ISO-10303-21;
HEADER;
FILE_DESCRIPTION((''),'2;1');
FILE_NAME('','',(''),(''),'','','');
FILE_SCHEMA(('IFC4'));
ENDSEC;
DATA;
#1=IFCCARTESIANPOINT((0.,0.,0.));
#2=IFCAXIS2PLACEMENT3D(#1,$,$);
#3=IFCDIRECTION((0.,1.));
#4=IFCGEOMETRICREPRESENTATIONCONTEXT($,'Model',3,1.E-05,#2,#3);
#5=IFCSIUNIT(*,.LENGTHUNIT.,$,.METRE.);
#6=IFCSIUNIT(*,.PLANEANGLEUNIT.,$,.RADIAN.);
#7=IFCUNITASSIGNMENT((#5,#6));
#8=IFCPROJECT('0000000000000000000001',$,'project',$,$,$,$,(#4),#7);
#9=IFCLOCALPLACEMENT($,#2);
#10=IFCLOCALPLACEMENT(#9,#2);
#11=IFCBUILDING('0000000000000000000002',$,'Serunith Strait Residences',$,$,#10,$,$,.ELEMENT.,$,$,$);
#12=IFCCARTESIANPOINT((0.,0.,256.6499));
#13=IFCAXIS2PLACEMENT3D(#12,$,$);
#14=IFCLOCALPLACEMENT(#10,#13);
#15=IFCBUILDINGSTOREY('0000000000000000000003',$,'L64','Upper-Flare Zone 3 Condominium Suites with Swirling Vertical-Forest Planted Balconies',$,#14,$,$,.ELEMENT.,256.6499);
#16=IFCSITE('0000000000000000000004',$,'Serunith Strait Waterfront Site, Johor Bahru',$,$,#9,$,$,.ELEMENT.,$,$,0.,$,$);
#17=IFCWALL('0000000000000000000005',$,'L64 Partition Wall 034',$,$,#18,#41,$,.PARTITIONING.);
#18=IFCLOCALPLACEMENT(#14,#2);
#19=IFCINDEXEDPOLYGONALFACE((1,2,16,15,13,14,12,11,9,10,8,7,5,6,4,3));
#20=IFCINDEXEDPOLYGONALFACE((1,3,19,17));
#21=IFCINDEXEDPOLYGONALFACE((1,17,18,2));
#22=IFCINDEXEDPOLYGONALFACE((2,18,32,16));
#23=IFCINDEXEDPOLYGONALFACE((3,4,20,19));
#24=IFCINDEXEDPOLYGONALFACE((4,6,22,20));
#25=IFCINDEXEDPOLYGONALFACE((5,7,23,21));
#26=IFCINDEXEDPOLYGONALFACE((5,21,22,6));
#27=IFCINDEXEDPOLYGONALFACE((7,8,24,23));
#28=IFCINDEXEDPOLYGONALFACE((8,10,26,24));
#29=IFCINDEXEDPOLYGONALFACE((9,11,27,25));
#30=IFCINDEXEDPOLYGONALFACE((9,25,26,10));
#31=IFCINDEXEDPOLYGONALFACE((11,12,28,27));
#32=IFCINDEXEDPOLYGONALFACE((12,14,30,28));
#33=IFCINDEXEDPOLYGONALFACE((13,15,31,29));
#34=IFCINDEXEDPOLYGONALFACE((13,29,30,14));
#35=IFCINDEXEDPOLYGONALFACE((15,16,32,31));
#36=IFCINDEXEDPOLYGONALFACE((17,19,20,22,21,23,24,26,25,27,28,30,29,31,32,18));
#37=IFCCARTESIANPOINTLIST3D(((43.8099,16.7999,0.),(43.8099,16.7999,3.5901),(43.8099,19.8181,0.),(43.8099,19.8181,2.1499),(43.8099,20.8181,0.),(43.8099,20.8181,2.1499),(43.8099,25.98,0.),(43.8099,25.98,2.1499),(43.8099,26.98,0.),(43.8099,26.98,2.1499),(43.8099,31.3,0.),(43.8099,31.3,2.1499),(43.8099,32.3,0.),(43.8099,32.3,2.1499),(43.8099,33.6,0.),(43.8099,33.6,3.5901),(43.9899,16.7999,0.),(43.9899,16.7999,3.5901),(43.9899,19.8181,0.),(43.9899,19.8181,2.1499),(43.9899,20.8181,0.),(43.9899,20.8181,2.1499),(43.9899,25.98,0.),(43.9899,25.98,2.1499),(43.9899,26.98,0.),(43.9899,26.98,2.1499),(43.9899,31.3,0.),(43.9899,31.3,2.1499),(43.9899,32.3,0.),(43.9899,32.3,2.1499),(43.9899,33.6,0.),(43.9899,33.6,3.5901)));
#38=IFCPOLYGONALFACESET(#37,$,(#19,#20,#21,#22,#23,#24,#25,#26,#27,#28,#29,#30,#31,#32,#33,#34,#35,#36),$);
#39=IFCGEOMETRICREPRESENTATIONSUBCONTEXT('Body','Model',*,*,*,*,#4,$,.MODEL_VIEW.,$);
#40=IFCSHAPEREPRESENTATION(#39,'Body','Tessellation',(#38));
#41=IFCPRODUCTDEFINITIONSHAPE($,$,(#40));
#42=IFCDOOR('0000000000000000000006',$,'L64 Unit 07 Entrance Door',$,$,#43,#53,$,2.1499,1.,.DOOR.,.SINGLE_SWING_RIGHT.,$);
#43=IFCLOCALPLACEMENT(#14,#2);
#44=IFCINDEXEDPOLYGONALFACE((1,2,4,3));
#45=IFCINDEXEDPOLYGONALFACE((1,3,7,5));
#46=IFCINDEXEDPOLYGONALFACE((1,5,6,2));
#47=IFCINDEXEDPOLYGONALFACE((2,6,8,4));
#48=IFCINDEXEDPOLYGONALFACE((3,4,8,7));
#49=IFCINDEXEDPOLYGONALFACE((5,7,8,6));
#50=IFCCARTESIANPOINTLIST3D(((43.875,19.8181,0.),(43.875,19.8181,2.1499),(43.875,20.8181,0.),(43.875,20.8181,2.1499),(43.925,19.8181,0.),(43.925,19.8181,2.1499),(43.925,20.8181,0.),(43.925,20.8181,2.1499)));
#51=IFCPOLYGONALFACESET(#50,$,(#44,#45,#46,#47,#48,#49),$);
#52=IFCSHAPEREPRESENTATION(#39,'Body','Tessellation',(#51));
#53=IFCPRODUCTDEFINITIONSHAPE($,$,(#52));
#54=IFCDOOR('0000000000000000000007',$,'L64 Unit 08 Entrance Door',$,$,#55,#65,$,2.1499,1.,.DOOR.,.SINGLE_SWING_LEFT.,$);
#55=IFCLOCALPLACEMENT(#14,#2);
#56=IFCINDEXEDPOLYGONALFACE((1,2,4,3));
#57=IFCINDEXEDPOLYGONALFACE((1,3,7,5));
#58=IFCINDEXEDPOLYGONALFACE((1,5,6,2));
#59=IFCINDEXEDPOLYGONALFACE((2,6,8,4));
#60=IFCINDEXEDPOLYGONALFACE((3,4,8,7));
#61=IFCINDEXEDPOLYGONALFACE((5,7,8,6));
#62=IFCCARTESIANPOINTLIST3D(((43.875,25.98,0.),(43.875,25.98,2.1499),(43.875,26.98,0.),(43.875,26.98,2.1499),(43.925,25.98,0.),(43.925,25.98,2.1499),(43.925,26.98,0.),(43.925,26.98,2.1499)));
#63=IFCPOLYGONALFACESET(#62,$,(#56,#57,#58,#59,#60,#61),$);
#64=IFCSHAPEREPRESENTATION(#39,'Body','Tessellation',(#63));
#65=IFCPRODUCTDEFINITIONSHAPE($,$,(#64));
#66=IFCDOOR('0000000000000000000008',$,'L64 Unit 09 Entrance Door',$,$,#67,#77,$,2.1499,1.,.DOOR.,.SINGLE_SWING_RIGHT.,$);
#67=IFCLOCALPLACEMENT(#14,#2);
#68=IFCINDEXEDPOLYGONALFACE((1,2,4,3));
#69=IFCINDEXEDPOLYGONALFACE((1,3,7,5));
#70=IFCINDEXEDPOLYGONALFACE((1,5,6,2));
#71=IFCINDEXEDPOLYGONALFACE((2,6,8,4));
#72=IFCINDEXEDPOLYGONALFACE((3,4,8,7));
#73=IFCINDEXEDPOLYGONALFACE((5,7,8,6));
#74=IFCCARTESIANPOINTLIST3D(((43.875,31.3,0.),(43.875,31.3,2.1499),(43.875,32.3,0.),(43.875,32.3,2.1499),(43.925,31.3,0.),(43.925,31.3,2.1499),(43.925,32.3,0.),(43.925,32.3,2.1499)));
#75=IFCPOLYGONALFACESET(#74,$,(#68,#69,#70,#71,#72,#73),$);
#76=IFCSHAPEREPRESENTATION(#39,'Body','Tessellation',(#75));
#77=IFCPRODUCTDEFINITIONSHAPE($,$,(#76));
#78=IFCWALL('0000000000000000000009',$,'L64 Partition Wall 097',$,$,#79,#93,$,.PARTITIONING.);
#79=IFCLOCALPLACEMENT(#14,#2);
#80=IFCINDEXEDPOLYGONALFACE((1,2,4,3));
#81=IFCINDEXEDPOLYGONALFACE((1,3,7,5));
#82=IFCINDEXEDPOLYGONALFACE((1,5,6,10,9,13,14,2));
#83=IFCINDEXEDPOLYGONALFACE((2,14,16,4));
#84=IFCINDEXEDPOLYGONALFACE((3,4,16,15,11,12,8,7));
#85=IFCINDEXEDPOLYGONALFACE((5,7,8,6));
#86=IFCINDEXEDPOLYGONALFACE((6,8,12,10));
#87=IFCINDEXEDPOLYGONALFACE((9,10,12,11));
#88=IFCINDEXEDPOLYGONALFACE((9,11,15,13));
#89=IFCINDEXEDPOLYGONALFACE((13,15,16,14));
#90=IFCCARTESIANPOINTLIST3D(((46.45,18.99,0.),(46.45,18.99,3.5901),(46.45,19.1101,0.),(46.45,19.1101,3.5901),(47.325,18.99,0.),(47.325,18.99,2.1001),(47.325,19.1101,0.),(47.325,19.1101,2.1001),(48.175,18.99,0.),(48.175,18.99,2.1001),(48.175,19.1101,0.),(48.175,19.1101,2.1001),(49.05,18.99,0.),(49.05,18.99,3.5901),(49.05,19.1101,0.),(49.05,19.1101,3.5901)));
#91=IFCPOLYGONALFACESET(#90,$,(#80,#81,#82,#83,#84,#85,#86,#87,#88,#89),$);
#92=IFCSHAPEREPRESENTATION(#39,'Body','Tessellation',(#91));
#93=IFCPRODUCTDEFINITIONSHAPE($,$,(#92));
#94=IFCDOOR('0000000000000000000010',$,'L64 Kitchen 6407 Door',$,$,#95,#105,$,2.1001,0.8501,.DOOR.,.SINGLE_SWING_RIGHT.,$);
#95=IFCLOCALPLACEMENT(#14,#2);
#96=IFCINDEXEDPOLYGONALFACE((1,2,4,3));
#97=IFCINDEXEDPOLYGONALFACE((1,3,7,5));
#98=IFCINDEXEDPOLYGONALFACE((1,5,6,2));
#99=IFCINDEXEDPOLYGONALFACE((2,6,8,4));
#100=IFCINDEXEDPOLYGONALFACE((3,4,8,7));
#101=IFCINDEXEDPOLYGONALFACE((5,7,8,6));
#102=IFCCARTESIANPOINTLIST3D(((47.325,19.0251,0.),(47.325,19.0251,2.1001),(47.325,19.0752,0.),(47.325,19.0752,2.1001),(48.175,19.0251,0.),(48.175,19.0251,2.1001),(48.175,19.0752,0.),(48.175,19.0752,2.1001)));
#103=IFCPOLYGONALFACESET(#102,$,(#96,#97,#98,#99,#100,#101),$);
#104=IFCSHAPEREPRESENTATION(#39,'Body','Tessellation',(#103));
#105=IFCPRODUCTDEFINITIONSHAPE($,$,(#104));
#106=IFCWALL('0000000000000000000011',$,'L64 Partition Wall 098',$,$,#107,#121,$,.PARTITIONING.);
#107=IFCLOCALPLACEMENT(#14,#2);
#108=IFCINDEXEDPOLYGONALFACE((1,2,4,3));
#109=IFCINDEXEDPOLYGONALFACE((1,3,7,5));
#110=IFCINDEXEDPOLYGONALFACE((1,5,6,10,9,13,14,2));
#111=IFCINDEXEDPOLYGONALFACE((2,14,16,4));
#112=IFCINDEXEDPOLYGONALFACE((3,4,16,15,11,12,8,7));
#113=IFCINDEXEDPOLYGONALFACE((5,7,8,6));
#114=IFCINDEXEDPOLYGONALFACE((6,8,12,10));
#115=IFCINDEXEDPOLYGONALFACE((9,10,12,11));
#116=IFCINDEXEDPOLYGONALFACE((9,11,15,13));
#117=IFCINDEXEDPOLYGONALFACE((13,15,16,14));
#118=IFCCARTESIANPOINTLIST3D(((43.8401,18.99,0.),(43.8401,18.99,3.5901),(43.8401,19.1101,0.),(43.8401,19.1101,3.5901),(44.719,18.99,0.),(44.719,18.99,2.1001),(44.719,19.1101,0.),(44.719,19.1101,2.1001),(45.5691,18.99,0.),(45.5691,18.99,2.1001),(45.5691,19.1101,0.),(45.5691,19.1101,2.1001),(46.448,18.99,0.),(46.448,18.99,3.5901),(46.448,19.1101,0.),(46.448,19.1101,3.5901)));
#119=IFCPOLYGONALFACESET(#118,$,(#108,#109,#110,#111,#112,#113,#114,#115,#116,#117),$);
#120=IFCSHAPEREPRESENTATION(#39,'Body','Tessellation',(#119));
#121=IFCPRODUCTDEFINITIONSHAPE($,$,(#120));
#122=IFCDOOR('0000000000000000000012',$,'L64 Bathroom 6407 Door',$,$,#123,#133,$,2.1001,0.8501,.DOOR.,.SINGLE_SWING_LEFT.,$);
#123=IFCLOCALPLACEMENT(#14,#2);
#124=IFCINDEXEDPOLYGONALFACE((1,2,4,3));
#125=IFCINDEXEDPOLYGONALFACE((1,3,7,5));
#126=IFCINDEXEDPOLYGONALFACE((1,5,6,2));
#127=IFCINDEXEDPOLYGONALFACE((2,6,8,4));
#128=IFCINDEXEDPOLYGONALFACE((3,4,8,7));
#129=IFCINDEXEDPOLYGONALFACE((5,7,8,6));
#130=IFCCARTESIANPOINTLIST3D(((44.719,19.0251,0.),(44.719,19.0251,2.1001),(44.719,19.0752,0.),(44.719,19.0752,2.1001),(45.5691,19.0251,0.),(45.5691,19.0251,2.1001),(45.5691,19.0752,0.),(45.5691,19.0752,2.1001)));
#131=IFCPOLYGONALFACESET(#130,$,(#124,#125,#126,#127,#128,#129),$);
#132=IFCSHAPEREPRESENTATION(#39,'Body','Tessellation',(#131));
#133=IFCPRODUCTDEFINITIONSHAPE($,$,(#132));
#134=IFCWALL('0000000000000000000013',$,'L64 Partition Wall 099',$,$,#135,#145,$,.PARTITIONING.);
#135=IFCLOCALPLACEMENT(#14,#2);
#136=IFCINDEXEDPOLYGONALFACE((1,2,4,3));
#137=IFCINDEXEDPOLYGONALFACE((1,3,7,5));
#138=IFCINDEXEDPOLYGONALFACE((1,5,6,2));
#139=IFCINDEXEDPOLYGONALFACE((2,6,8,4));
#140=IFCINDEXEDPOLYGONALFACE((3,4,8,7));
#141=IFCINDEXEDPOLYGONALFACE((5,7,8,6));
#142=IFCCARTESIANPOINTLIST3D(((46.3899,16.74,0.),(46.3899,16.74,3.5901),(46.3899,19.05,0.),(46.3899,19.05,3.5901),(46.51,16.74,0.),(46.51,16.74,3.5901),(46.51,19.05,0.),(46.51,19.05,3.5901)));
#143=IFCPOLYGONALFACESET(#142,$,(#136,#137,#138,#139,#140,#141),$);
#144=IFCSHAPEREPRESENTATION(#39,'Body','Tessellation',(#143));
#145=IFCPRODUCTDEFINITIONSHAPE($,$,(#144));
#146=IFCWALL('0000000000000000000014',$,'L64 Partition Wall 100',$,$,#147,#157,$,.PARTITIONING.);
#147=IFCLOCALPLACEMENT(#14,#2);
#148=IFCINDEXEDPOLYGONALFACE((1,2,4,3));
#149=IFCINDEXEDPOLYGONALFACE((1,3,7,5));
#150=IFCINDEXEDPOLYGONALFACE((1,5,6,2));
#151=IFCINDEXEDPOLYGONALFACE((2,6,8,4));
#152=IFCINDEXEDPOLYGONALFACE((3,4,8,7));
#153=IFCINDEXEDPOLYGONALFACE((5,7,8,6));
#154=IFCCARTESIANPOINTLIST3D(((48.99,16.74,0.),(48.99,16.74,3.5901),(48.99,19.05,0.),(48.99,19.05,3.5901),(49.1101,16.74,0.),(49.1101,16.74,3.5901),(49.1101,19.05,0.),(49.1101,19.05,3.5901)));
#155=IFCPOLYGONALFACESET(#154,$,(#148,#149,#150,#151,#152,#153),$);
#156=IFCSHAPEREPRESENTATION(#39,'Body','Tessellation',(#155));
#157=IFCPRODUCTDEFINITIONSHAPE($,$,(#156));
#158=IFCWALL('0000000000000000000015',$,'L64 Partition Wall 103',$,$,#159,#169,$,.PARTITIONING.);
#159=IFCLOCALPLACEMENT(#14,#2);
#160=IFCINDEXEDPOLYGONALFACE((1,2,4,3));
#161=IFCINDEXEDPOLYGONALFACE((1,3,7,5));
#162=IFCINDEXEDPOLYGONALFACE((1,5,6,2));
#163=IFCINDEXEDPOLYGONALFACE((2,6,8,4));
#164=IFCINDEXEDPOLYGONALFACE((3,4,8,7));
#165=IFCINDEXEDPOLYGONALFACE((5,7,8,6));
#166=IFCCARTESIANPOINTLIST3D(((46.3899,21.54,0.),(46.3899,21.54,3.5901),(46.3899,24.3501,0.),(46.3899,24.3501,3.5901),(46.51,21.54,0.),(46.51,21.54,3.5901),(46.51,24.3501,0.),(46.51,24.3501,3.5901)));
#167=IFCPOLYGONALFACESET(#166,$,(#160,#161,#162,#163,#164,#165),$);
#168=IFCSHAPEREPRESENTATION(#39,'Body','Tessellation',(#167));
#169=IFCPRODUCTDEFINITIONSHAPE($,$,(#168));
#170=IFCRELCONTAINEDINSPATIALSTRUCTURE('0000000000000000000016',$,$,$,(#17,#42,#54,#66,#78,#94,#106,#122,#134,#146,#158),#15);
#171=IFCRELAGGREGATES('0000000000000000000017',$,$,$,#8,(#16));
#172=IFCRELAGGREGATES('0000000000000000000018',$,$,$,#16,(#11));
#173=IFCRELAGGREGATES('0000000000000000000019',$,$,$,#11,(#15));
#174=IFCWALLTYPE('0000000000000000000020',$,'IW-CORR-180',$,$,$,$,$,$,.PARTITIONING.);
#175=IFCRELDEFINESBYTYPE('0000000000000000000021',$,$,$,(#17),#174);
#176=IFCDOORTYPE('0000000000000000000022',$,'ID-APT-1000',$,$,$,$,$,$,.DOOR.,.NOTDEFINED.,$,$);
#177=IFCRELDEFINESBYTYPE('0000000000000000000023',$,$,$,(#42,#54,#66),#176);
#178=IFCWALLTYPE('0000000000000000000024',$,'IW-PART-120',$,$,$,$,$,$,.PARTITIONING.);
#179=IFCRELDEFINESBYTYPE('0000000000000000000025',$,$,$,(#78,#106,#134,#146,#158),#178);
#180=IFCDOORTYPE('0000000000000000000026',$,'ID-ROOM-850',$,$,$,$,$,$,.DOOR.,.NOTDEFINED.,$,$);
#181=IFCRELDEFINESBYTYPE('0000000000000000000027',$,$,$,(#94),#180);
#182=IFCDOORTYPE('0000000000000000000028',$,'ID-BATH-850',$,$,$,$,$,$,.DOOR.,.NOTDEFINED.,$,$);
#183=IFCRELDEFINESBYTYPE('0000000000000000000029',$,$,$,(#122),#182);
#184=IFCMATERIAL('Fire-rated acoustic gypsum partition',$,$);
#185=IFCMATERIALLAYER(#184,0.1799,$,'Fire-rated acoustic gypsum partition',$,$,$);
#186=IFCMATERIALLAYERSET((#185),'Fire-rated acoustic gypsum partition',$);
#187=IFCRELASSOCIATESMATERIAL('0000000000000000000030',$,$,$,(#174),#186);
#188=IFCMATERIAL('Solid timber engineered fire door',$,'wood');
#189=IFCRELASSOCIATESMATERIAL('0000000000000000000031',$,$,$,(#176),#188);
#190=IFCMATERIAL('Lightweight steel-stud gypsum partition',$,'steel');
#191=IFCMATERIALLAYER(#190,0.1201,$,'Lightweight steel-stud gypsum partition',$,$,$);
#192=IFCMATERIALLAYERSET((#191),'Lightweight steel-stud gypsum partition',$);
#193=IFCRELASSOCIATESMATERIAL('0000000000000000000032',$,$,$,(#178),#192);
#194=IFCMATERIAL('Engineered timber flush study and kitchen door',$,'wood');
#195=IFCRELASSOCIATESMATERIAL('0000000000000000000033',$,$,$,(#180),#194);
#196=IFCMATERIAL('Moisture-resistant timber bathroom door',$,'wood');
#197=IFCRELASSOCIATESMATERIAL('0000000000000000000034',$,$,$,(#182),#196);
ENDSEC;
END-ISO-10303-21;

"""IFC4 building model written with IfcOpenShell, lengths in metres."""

from ifc_helpers import new_model, si_unit, direction, frame, frame_2d, origin, place, context, subcontext, project, spatial, rectangle, extrude, source, transform, mapped, material, layer, layer_set, type_object, element, fill, save


model = new_model("IFC4")

# Units and contexts
model_context = context("Model", 3, precision=1e-05, world=origin(), true_north=direction((0.0, 1.0)))
body_context = subcontext(model_context, "Body", "Model", "MODEL_VIEW")
ifc_project = project(units=[si_unit("LENGTHUNIT", "METRE"), si_unit("PLANEANGLEUNIT", "RADIAN")], contexts=[model_context])

# Site, building, storey
site_placement = place(None, origin())
site = spatial("IfcSite", under=ifc_project, at=site_placement, Name="Serunith Strait Waterfront Site, Johor Bahru", CompositionType="ELEMENT", RefElevation=0.0)
building_placement = place(site_placement, origin())
building = spatial("IfcBuilding", under=site, at=building_placement, Name="Serunith Strait Residences", CompositionType="ELEMENT")
storey_placement = place(building_placement, frame((0.0, 0.0, 256.6499)))
storey = spatial("IfcBuildingStorey", under=building, at=storey_placement, Name="L64", Description="Upper-Flare Zone 3 Condominium Suites with Swirling Vertical-Forest Planted Balconies", CompositionType="ELEMENT", Elevation=256.6499)

# Shared definitions
ifc_material_1 = material(Name="Fire-rated acoustic gypsum partition")
ifc_layer_1 = layer(ifc_material_1, 0.1799, Name="Fire-rated acoustic gypsum partition")
ifc_layer_set_1 = layer_set([ifc_layer_1], Name="Fire-rated acoustic gypsum partition")
wall_type_1 = type_object("IfcWallType", Name="IW-CORR-180", PredefinedType="PARTITIONING", material=ifc_layer_set_1)

# Wall, openings, doors
wall_1_placement = place(storey_placement, frame((43.8999, 16.8, 0.0), z_axis=(0.0, 0.0, 1.0), x_axis=(0.0, 1.0, 0.0)))
wall_1 = element("IfcWall", 1, at=wall_1_placement, inside=storey, type_object=wall_type_1, Name="L64 Partition Wall 034", PredefinedType="PARTITIONING", context=body_context, shape_type="SweptSolid", body=[
    extrude(rectangle(XDim=16.8, YDim=0.1799, at=frame_2d((8.3999, 0.0))), origin(), (0.0, 0.0, 1.0), 3.5901),
])
opening_1_placement = place(wall_1_placement, frame((3.0181, 0.0, 0.0)))
opening_1 = element("IfcOpeningElement", 2, at=opening_1_placement, cuts=wall_1, PredefinedType="OPENING", context=body_context, shape_type="SweptSolid", body=[
    extrude(rectangle(XDim=1.0, YDim=2.1499, at=frame_2d((0.5, 1.075))), frame((0.0, 0.1001, 0.0), z_axis=(0.0, -1.0, 0.0), x_axis=(1.0, 0.0, 0.0)), (0.0, 0.0, 1.0), 0.2),
])
opening_2_placement = place(wall_1_placement, frame((9.1799, 0.0, 0.0)))
opening_2 = element("IfcOpeningElement", 3, at=opening_2_placement, cuts=wall_1, PredefinedType="OPENING", context=body_context, shape_type="SweptSolid", body=[
    extrude(rectangle(XDim=1.0, YDim=2.1499, at=frame_2d((0.5, 1.075))), frame((0.0, 0.1001, 0.0), z_axis=(0.0, -1.0, 0.0), x_axis=(1.0, 0.0, 0.0)), (0.0, 0.0, 1.0), 0.2),
])
opening_3_placement = place(wall_1_placement, frame((14.5, 0.0, 0.0)))
opening_3 = element("IfcOpeningElement", 4, at=opening_3_placement, cuts=wall_1, PredefinedType="OPENING", context=body_context, shape_type="SweptSolid", body=[
    extrude(rectangle(XDim=1.0, YDim=2.1499, at=frame_2d((0.5, 1.075))), frame((0.0, 0.1001, 0.0), z_axis=(0.0, -1.0, 0.0), x_axis=(1.0, 0.0, 0.0)), (0.0, 0.0, 1.0), 0.2),
])
ifc_material_2 = material(Name="Solid timber engineered fire door", Category="wood")
door_type_1 = type_object("IfcDoorType", Name="ID-APT-1000", OperationType="NOTDEFINED", PredefinedType="DOOR", material=ifc_material_2)
shared_shape_1 = source(origin(), body_context, "Body", "SweptSolid", [
    extrude(rectangle(XDim=1.0, YDim=2.1499, at=frame_2d((0.5, 1.075))), frame((0.0, 0.0249, 0.0), z_axis=(0.0, -1.0, 0.0), x_axis=(1.0, 0.0, 0.0)), (0.0, 0.0, 1.0), 0.05),
])
door_1_placement = place(opening_1_placement, origin())
door_1 = element("IfcDoor", 5, at=door_1_placement, inside=storey, type_object=door_type_1, Name="L64 Unit 07 Entrance Door", OperationType="SINGLE_SWING_RIGHT", OverallHeight=2.1499, OverallWidth=1.0, PredefinedType="DOOR", context=body_context, shape_type="MappedRepresentation", body=[
    mapped(shared_shape_1, transform((0.0, 0.0, 0.0), scale=1.0)),
])
fill(opening_1, door_1)
door_2_placement = place(opening_2_placement, origin())
door_2 = element("IfcDoor", 6, at=door_2_placement, inside=storey, type_object=door_type_1, Name="L64 Unit 08 Entrance Door", OperationType="SINGLE_SWING_LEFT", OverallHeight=2.1499, OverallWidth=1.0, PredefinedType="DOOR", context=body_context, shape_type="MappedRepresentation", body=[
    mapped(shared_shape_1, transform((0.0, 0.0, 0.0), scale=1.0)),
])
fill(opening_2, door_2)
door_3_placement = place(opening_3_placement, origin())
door_3 = element("IfcDoor", 7, at=door_3_placement, inside=storey, type_object=door_type_1, Name="L64 Unit 09 Entrance Door", OperationType="SINGLE_SWING_RIGHT", OverallHeight=2.1499, OverallWidth=1.0, PredefinedType="DOOR", context=body_context, shape_type="MappedRepresentation", body=[
    mapped(shared_shape_1, transform((0.0, 0.0, 0.0), scale=1.0)),
])
fill(opening_3, door_3)

# Walls, openings, doors
ifc_material_3 = material(Name="Lightweight steel-stud gypsum partition", Category="steel")
ifc_layer_2 = layer(ifc_material_3, 0.1201, Name="Lightweight steel-stud gypsum partition")
ifc_layer_set_2 = layer_set([ifc_layer_2], Name="Lightweight steel-stud gypsum partition")
wall_type_2 = type_object("IfcWallType", Name="IW-PART-120", PredefinedType="PARTITIONING", material=ifc_layer_set_2)
wall_2_placement = place(storey_placement, frame((49.05, 19.05, 0.0), z_axis=(0.0, 0.0, 1.0), x_axis=(-1.0, 0.0, 0.0)))
wall_2 = element("IfcWall", 8, at=wall_2_placement, inside=storey, type_object=wall_type_2, Name="L64 Partition Wall 097", PredefinedType="PARTITIONING", context=body_context, shape_type="SweptSolid", body=[
    extrude(rectangle(XDim=2.6001, YDim=0.1201, at=frame_2d((1.3, 0.0))), origin(), (0.0, 0.0, 1.0), 3.5901),
])
opening_4_placement = place(wall_2_placement, frame((0.875, 0.0, 0.0)))
opening_4 = element("IfcOpeningElement", 9, at=opening_4_placement, cuts=wall_2, PredefinedType="OPENING", context=body_context, shape_type="SweptSolid", body=[
    extrude(rectangle(XDim=0.8501, YDim=2.1001, at=frame_2d((0.425, 1.05))), frame((0.0, 0.0701, 0.0), z_axis=(0.0, -1.0, 0.0), x_axis=(1.0, 0.0, 0.0)), (0.0, 0.0, 1.0), 0.1401),
])
ifc_material_4 = material(Name="Engineered timber flush study and kitchen door", Category="wood")
door_type_2 = type_object("IfcDoorType", Name="ID-ROOM-850", OperationType="NOTDEFINED", PredefinedType="DOOR", material=ifc_material_4)
shared_shape_2 = source(origin(), body_context, "Body", "SweptSolid", [
    extrude(rectangle(XDim=0.8501, YDim=2.1001, at=frame_2d((0.425, 1.05))), frame((0.0, 0.0249, 0.0), z_axis=(0.0, -1.0, 0.0), x_axis=(1.0, 0.0, 0.0)), (0.0, 0.0, 1.0), 0.05),
])
door_4_placement = place(opening_4_placement, origin())
door_4 = element("IfcDoor", 10, at=door_4_placement, inside=storey, type_object=door_type_2, Name="L64 Kitchen 6407 Door", OperationType="SINGLE_SWING_RIGHT", OverallHeight=2.1001, OverallWidth=0.8501, PredefinedType="DOOR", context=body_context, shape_type="MappedRepresentation", body=[
    mapped(shared_shape_2, transform((0.0, 0.0, 0.0), scale=1.0)),
])
fill(opening_4, door_4)
wall_3_placement = place(storey_placement, frame((46.448, 19.05, 0.0), z_axis=(0.0, 0.0, 1.0), x_axis=(-1.0, 0.0, 0.0)))
wall_3 = element("IfcWall", 11, at=wall_3_placement, inside=storey, type_object=wall_type_2, Name="L64 Partition Wall 098", PredefinedType="PARTITIONING", context=body_context, shape_type="SweptSolid", body=[
    extrude(rectangle(XDim=2.6079, YDim=0.1201, at=frame_2d((1.304, 0.0))), origin(), (0.0, 0.0, 1.0), 3.5901),
])
opening_5_placement = place(wall_3_placement, frame((0.8789, 0.0, 0.0)))
opening_5 = element("IfcOpeningElement", 12, at=opening_5_placement, cuts=wall_3, PredefinedType="OPENING", context=body_context, shape_type="SweptSolid", body=[
    extrude(rectangle(XDim=0.8501, YDim=2.1001, at=frame_2d((0.425, 1.05))), frame((0.0, 0.0701, 0.0), z_axis=(0.0, -1.0, 0.0), x_axis=(1.0, 0.0, 0.0)), (0.0, 0.0, 1.0), 0.1401),
])
ifc_material_5 = material(Name="Moisture-resistant timber bathroom door", Category="wood")
door_type_3 = type_object("IfcDoorType", Name="ID-BATH-850", OperationType="NOTDEFINED", PredefinedType="DOOR", material=ifc_material_5)
door_5_placement = place(opening_5_placement, origin())
door_5 = element("IfcDoor", 13, at=door_5_placement, inside=storey, type_object=door_type_3, Name="L64 Bathroom 6407 Door", OperationType="SINGLE_SWING_LEFT", OverallHeight=2.1001, OverallWidth=0.8501, PredefinedType="DOOR", context=body_context, shape_type="MappedRepresentation", body=[
    mapped(shared_shape_2, transform((0.0, 0.0, 0.0), scale=1.0)),
])
fill(opening_5, door_5)

# Walls
for number, where, z_axis, x_axis, name in (
    (14, (46.45, 16.74, 0.0), (0.0, 0.0, 1.0), (0.0, 1.0, 0.0), "L64 Partition Wall 099"),
    (15, (49.05, 16.74, 0.0), (0.0, 0.0, 1.0), (0.0, 1.0, 0.0), "L64 Partition Wall 100"),
):
    element("IfcWall", number, at=place(storey_placement, frame(where, z_axis=z_axis, x_axis=x_axis)), inside=storey, type_object=wall_type_2, Name=name, PredefinedType="PARTITIONING", context=body_context, shape_type="SweptSolid", body=[
        extrude(rectangle(XDim=2.3101, YDim=0.1201, at=frame_2d((1.155, 0.0))), origin(), (0.0, 0.0, 1.0), 3.5901),
    ])
for number, where, z_axis, x_axis, name in (
    (16, (46.45, 21.54, 0.0), (0.0, 0.0, 1.0), (0.0, 1.0, 0.0), "L64 Partition Wall 103"),
):
    element("IfcWall", number, at=place(storey_placement, frame(where, z_axis=z_axis, x_axis=x_axis)), inside=storey, type_object=wall_type_2, Name=name, PredefinedType="PARTITIONING", context=body_context, shape_type="SweptSolid", body=[
        extrude(rectangle(XDim=2.8101, YDim=0.1201, at=frame_2d((1.405, 0.0))), origin(), (0.0, 0.0, 1.0), 3.5901),
    ])

save(model, "model.ifc")
